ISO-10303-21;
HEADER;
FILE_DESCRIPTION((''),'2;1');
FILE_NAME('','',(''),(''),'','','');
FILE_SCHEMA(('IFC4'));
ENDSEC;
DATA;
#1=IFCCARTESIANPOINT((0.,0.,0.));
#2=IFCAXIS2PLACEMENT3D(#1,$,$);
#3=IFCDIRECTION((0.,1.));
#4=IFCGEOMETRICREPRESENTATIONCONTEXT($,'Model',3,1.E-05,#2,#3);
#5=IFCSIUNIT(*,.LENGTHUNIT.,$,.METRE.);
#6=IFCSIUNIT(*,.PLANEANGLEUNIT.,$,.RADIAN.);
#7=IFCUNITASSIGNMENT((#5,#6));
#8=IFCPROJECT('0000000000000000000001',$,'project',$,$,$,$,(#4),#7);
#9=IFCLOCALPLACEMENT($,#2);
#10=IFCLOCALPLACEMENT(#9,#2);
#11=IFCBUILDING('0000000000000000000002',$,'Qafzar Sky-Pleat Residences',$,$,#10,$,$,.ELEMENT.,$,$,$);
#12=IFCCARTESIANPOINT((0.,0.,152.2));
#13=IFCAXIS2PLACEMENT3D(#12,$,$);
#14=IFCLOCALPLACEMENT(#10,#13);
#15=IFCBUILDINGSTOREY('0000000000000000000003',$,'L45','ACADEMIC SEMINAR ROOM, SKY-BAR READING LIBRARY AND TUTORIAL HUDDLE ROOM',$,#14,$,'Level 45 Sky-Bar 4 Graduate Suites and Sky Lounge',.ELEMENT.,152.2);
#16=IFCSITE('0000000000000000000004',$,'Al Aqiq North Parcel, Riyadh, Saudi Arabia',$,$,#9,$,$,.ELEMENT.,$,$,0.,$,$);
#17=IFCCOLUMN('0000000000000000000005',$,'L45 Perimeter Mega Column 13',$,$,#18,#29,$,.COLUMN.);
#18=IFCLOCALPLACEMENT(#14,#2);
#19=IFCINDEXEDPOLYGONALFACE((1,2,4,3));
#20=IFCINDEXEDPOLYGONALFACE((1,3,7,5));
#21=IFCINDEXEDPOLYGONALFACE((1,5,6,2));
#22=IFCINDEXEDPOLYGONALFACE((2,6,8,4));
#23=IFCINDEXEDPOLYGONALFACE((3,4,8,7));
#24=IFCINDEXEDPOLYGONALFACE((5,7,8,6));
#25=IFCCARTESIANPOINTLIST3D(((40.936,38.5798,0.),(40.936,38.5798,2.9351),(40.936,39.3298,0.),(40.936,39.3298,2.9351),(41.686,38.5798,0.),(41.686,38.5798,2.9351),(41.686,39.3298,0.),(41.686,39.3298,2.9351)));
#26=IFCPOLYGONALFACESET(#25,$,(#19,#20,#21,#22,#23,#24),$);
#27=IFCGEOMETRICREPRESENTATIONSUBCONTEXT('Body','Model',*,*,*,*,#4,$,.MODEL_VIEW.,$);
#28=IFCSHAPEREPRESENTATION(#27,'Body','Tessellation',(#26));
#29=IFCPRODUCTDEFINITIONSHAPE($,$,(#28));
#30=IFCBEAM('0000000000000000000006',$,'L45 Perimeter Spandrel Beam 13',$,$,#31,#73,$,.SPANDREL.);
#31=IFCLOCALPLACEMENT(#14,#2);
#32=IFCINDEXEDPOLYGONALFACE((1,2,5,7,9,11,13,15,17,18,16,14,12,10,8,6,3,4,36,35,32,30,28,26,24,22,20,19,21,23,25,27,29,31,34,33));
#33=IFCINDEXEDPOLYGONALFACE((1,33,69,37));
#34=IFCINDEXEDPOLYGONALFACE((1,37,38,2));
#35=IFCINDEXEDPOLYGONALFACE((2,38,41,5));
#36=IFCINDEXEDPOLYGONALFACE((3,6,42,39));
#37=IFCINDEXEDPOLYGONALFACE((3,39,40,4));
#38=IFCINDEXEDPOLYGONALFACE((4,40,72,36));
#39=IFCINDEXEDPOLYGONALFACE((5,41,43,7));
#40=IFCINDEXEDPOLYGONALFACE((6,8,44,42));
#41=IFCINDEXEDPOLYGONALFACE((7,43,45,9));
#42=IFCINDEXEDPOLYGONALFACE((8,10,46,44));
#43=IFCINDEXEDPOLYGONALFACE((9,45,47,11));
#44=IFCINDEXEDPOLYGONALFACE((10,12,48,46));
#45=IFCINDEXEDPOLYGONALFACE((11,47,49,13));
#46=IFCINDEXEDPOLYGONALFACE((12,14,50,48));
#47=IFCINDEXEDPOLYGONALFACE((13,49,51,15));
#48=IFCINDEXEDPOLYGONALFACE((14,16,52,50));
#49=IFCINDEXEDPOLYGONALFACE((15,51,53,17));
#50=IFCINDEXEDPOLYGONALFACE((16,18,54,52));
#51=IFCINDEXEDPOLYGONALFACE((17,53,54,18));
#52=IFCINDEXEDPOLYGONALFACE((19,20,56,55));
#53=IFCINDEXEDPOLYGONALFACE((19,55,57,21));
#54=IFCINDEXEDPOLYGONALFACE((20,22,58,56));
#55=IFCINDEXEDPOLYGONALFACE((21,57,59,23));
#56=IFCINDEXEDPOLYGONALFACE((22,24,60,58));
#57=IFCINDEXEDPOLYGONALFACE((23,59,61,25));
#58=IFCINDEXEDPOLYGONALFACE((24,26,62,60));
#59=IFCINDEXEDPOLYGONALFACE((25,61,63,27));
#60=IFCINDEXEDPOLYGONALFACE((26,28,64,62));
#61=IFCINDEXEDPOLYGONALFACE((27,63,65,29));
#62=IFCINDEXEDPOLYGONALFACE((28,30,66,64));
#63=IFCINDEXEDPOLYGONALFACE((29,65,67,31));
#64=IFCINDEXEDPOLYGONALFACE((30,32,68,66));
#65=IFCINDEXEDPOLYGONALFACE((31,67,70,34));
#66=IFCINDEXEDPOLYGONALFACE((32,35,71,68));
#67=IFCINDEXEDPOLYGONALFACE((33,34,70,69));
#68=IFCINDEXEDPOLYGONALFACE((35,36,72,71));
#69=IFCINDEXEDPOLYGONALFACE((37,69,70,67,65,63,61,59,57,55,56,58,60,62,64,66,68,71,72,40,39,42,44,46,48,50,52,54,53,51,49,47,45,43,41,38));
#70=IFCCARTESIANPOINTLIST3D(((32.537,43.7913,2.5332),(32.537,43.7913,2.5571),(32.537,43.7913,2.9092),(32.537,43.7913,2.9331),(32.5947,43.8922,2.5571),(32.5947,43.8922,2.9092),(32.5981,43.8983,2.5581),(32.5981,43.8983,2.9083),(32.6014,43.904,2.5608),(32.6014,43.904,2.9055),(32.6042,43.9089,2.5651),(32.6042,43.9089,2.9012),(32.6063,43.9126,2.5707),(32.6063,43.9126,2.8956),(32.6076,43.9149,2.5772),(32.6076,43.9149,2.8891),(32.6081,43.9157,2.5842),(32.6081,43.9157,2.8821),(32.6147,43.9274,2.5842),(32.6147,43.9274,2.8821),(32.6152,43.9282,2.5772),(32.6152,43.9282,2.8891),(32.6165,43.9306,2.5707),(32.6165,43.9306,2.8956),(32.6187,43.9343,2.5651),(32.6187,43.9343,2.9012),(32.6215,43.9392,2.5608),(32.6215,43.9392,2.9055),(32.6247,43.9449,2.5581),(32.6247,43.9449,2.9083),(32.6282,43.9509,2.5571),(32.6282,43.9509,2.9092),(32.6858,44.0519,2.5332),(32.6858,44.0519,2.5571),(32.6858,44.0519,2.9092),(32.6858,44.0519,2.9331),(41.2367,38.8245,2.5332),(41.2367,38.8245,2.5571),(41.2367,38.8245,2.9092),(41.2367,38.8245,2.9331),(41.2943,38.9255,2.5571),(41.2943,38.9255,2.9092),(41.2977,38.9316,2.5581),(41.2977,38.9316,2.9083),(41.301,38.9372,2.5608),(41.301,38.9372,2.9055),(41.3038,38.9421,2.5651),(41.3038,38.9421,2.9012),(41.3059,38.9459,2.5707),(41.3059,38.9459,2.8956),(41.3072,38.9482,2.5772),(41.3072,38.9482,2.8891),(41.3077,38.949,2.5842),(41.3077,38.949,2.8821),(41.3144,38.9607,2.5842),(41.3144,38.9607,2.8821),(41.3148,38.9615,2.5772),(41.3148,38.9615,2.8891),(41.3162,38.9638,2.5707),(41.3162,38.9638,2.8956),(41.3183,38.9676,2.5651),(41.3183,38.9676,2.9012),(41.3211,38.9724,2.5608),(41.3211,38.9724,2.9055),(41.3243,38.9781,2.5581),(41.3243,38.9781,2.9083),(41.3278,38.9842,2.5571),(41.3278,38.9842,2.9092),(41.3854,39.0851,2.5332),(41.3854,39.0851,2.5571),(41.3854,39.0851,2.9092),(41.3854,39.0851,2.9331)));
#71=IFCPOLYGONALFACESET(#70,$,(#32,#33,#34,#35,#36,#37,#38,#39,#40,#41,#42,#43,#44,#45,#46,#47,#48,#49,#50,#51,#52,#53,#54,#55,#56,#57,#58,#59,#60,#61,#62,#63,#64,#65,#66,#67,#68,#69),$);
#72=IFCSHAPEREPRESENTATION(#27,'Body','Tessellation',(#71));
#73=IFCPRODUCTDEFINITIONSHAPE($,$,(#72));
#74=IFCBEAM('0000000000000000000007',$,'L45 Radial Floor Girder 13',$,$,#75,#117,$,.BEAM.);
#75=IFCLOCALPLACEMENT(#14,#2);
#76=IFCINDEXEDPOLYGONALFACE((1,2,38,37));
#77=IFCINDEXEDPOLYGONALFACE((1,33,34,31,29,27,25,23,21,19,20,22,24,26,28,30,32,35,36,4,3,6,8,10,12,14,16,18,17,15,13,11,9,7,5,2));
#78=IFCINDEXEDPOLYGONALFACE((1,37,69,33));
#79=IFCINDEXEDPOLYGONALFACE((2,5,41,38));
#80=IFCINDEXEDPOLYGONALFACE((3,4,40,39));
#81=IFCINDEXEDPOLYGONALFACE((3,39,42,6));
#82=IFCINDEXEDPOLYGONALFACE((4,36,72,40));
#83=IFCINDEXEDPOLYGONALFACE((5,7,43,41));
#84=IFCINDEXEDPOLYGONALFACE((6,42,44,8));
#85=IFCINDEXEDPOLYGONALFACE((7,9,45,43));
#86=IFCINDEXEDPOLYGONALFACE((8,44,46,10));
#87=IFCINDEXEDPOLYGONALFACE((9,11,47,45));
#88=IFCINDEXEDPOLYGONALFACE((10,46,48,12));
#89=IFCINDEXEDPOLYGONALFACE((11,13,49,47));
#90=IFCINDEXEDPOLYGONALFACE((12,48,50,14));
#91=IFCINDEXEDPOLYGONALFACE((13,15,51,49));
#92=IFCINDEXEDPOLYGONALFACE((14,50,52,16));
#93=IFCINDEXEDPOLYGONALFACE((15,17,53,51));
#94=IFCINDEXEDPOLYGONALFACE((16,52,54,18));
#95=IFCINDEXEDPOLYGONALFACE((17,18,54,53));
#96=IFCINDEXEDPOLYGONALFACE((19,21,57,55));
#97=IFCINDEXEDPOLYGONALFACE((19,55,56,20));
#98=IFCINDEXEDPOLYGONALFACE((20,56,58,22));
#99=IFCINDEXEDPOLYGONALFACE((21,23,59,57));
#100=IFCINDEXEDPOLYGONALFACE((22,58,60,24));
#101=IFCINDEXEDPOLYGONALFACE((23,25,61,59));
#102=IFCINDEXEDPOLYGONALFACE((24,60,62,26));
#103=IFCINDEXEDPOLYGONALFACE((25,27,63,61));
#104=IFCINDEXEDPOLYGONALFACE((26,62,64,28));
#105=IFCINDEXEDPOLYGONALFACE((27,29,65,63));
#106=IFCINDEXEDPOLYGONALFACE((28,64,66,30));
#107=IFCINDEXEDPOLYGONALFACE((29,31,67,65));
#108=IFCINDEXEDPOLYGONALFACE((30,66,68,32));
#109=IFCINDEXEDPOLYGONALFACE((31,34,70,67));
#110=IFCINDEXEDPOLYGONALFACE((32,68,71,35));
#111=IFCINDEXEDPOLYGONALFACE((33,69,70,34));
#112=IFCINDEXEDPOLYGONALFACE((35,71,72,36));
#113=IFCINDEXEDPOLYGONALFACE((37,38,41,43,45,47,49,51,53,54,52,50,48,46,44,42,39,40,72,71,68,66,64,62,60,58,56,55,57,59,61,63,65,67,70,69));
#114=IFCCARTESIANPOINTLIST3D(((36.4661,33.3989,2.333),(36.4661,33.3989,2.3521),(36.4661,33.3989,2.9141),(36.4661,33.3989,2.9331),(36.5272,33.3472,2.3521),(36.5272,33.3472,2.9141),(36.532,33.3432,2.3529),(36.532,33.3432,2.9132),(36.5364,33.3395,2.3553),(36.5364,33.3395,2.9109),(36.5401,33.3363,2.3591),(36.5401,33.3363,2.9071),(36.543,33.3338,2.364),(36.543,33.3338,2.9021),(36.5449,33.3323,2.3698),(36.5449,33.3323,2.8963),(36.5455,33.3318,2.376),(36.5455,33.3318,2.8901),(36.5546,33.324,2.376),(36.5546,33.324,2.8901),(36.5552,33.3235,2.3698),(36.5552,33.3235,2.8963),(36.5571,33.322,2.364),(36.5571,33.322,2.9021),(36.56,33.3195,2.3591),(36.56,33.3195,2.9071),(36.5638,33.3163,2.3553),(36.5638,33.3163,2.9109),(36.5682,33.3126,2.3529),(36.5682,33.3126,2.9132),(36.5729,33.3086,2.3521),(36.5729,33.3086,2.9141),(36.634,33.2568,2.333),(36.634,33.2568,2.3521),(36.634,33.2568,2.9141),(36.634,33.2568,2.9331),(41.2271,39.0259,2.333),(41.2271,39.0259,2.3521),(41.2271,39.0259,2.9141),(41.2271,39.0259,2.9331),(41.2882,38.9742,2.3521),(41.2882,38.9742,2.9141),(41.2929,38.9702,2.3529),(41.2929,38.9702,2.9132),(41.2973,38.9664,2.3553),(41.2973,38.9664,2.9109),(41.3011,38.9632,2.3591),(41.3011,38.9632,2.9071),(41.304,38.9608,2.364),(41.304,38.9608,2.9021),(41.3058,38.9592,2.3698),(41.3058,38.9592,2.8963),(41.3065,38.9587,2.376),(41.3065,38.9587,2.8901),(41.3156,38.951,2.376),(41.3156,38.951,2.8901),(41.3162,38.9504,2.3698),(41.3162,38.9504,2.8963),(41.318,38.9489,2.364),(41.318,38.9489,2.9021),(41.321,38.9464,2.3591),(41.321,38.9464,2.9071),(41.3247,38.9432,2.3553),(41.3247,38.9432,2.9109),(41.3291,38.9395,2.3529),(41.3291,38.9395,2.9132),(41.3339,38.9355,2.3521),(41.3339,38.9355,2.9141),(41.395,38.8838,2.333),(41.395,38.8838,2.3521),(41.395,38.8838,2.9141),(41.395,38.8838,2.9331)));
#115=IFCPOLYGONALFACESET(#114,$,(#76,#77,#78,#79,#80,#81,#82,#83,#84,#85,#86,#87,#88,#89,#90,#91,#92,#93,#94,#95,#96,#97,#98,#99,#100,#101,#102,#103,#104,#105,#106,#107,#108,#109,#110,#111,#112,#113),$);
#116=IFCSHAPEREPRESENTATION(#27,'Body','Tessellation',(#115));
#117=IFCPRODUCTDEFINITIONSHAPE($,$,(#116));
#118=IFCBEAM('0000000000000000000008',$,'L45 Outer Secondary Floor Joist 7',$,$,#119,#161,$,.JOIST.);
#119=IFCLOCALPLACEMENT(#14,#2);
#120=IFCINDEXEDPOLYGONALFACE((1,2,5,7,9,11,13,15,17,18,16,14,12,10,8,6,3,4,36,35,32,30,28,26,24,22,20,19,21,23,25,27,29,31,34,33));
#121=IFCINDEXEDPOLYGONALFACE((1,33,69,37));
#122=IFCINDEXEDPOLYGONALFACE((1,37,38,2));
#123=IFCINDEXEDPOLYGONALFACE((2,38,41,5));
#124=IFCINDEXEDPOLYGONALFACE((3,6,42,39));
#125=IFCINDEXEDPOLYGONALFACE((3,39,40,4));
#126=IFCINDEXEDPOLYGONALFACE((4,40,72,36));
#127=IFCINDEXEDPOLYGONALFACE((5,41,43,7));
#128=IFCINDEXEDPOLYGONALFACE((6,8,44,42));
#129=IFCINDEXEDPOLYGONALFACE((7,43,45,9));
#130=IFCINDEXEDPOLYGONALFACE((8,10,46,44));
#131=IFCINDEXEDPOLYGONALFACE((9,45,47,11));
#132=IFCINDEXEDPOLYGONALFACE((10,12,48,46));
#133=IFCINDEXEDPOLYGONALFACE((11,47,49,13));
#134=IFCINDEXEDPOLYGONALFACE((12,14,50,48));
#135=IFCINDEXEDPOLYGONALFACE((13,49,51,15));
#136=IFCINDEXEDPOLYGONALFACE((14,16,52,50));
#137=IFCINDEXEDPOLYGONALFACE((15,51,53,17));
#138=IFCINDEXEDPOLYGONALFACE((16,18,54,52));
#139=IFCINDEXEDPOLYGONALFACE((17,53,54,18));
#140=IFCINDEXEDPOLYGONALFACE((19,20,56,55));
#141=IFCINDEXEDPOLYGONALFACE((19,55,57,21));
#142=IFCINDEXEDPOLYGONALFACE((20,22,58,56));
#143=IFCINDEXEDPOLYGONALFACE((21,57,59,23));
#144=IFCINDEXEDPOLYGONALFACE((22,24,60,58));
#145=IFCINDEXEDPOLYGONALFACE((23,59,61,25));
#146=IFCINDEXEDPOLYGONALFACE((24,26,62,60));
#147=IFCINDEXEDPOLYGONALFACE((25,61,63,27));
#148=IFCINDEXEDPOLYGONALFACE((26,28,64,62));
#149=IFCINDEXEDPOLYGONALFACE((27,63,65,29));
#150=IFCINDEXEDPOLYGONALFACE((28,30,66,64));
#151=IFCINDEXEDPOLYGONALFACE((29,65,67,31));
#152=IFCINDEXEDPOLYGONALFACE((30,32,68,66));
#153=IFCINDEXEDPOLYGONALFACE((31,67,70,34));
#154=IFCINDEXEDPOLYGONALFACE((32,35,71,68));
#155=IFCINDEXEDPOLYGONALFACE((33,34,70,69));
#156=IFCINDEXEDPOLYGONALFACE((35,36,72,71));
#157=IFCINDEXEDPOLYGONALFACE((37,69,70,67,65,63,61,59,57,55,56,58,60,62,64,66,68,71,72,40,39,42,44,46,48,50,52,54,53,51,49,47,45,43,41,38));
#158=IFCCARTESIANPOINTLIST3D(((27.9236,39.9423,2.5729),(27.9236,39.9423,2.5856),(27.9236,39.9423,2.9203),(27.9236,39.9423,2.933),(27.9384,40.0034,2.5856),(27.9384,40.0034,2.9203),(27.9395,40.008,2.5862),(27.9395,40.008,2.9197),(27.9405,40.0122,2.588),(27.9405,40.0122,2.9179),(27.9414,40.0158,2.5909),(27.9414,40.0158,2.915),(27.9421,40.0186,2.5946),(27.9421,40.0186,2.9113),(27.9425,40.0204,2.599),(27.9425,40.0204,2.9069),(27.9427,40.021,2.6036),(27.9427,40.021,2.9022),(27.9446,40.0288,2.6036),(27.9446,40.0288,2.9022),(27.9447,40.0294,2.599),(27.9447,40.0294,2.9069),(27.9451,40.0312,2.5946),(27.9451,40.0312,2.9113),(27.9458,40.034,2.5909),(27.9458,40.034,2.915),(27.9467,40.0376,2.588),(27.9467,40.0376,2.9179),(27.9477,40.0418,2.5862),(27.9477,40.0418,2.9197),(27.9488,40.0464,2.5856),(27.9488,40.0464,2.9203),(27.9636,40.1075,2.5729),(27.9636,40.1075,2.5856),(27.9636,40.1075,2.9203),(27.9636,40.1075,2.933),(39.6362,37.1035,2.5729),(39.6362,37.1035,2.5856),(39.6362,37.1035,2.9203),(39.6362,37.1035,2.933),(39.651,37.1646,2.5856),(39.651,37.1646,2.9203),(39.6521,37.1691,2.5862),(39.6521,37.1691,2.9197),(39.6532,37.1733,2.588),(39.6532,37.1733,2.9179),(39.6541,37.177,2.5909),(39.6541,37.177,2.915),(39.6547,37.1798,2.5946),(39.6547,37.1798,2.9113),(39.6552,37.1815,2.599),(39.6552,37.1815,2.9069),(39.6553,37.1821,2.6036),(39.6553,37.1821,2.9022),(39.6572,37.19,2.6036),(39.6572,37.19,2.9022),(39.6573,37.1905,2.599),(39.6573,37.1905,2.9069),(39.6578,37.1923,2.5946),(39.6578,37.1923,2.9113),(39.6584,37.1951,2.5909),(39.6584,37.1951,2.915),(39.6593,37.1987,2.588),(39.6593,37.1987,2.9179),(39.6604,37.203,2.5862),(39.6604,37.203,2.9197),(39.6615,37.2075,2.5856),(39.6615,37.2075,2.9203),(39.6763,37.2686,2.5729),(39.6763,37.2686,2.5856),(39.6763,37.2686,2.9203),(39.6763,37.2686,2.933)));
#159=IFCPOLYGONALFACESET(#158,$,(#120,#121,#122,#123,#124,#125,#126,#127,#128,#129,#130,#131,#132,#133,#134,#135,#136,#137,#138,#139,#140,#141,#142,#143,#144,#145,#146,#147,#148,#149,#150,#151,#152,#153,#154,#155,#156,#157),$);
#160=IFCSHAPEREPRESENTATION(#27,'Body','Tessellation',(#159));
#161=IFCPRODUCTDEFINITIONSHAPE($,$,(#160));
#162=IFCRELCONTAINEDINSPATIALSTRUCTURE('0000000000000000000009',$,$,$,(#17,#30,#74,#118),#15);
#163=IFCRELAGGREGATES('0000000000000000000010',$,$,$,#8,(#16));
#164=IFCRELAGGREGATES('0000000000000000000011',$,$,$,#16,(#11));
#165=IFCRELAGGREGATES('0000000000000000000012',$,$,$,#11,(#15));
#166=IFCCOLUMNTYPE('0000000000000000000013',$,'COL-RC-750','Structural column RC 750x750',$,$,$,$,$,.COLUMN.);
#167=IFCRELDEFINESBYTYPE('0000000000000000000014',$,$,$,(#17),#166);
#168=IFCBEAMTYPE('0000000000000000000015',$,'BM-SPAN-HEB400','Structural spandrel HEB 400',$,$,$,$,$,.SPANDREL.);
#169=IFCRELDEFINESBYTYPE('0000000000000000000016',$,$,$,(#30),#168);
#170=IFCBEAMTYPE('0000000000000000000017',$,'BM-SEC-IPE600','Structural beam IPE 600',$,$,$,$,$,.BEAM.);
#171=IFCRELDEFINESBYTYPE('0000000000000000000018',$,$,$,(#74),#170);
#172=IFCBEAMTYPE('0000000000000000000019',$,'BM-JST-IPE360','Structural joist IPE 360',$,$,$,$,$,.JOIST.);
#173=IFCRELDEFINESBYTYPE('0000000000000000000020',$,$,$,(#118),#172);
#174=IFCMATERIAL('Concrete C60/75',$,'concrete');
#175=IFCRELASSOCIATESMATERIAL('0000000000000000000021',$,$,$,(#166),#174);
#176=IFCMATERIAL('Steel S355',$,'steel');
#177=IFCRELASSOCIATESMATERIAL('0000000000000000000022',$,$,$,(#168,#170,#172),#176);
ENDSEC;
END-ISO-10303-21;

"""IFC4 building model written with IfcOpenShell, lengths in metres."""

from ifc_helpers import new_model, si_unit, direction, frame, origin, origin_2d, place, context, subcontext, project, spatial, rectangle, i_section, extrude, source, transform, mapped, material, material_profile, profile_set, type_object, element, save


model = new_model("IFC4")

# Units and contexts
model_context = context("Model", 3, precision=1e-05, world=origin(), true_north=direction((0.0, 1.0)))
body_context = subcontext(model_context, "Body", "Model", "MODEL_VIEW")
ifc_project = project(units=[si_unit("LENGTHUNIT", "METRE"), si_unit("PLANEANGLEUNIT", "RADIAN")], contexts=[model_context])

# Site, building, storey
site_placement = place(None, origin())
site = spatial("IfcSite", under=ifc_project, at=site_placement, Name="Al Aqiq North Parcel, Riyadh, Saudi Arabia", CompositionType="ELEMENT", RefElevation=0.0)
building_placement = place(site_placement, origin())
building = spatial("IfcBuilding", under=site, at=building_placement, Name="Qafzar Sky-Pleat Residences", CompositionType="ELEMENT")
storey_placement = place(building_placement, frame((0.0, 0.0, 152.2)))
storey = spatial("IfcBuildingStorey", under=building, at=storey_placement, Name="L45", Description="ACADEMIC SEMINAR ROOM, SKY-BAR READING LIBRARY AND TUTORIAL HUDDLE ROOM", LongName="Level 45 Sky-Bar 4 Graduate Suites and Sky Lounge", CompositionType="ELEMENT", Elevation=152.2)

# Column
ifc_material_1 = material(Name="Concrete C60/75", Category="concrete")
ifc_material_profile_1 = material_profile(ifc_material_1, rectangle(XDim=0.75, YDim=0.75, at=origin_2d()), Name="RC 750x750")
ifc_profile_set_1 = profile_set([ifc_material_profile_1], Name="Concrete C60/75")
column_type = type_object("IfcColumnType", Name="COL-RC-750", Description="Structural column RC 750x750", PredefinedType="COLUMN", material=ifc_profile_set_1)
shared_shape_1 = source(origin(), body_context, "Body", "SweptSolid", [
    extrude(rectangle(XDim=0.75, YDim=0.75, at=origin_2d()), origin(), (0.0, 0.0, 1.0), 2.9351),
])
column_placement = place(storey_placement, frame((41.311, 38.9548, 0.0), z_axis=(0.0, 0.0, 1.0), x_axis=(1.0, 0.0, 0.0)))
element("IfcColumn", 1, at=column_placement, inside=storey, type_object=column_type, Name="L45 Perimeter Mega Column 13", PredefinedType="COLUMN", context=body_context, shape_type="MappedRepresentation", body=[
    mapped(shared_shape_1, transform((0.0, 0.0, 0.0), x_axis=(1.0, 0.0, 0.0), y_axis=(0.0, 1.0, 0.0), z_axis=(0.0, 0.0, 1.0), scale=1.0)),
])

# Beams
ifc_material_2 = material(Name="Steel S355", Category="steel")
ifc_material_profile_2 = material_profile(ifc_material_2, i_section(OverallWidth=0.3, OverallDepth=0.3999, WebThickness=0.0134, FlangeThickness=0.0239, FilletRadius=0.0271, at=origin_2d()), Name="HEB 400")
ifc_profile_set_2 = profile_set([ifc_material_profile_2], Name="Steel S355")
beam_type_1 = type_object("IfcBeamType", Name="BM-SPAN-HEB400", Description="Structural spandrel HEB 400", PredefinedType="SPANDREL", material=ifc_profile_set_2)
shared_shape_2 = source(origin(), body_context, "Body", "SweptSolid", [
    extrude(i_section(OverallWidth=0.3, OverallDepth=0.3999, WebThickness=0.0134, FlangeThickness=0.0239, FilletRadius=0.0271, at=origin_2d()), origin(), (0.0, 0.0, 1.0), 10.0176),
])
beam_1_placement = place(storey_placement, frame((41.311, 38.9548, 2.7332), z_axis=(-0.868435, 0.495803, 0.0), x_axis=(-0.495803, -0.868435, 0.0)))
element("IfcBeam", 2, at=beam_1_placement, inside=storey, type_object=beam_type_1, Name="L45 Perimeter Spandrel Beam 13", PredefinedType="SPANDREL", context=body_context, shape_type="MappedRepresentation", body=[
    mapped(shared_shape_2, transform((0.0, 0.0, 0.0), x_axis=(1.0, 0.0, 0.0), y_axis=(0.0, 1.0, 0.0), z_axis=(0.0, 0.0, 1.0), scale=1.0)),
])
ifc_material_profile_3 = material_profile(ifc_material_2, i_section(OverallWidth=0.22, OverallDepth=0.6001, WebThickness=0.012, FlangeThickness=0.019, FilletRadius=0.0239, at=origin_2d()), Name="IPE 600")
ifc_profile_set_3 = profile_set([ifc_material_profile_3], Name="Steel S355")
beam_type_2 = type_object("IfcBeamType", Name="BM-SEC-IPE600", Description="Structural beam IPE 600", PredefinedType="BEAM", material=ifc_profile_set_3)
shared_shape_3 = source(origin(), body_context, "Body", "SweptSolid", [
    extrude(i_section(OverallWidth=0.22, OverallDepth=0.6001, WebThickness=0.012, FlangeThickness=0.019, FilletRadius=0.0239, at=origin_2d()), origin(), (0.0, 0.0, 1.0), 7.3708),
])
beam_2_placement = place(storey_placement, frame((41.311, 38.9548, 2.6331), z_axis=(-0.64592, -0.763405, 0.0), x_axis=(0.763405, -0.64592, 0.0)))
element("IfcBeam", 3, at=beam_2_placement, inside=storey, type_object=beam_type_2, Name="L45 Radial Floor Girder 13", PredefinedType="BEAM", context=body_context, shape_type="MappedRepresentation", body=[
    mapped(shared_shape_3, transform((0.0, 0.0, 0.0), x_axis=(1.0, 0.0, 0.0), y_axis=(0.0, 1.0, 0.0), z_axis=(0.0, 0.0, 1.0), scale=1.0)),
])
ifc_material_profile_4 = material_profile(ifc_material_2, i_section(OverallWidth=0.1699, OverallDepth=0.3601, WebThickness=0.0081, FlangeThickness=0.0127, FilletRadius=0.0181, at=origin_2d()), Name="IPE 360")
ifc_profile_set_4 = profile_set([ifc_material_profile_4], Name="Steel S355")
beam_type_3 = type_object("IfcBeamType", Name="BM-JST-IPE360", Description="Structural joist IPE 360", PredefinedType="JOIST", material=ifc_profile_set_4)
shared_shape_4 = source(origin(), body_context, "Body", "SweptSolid", [
    extrude(i_section(OverallWidth=0.1699, OverallDepth=0.3601, WebThickness=0.0081, FlangeThickness=0.0127, FilletRadius=0.0181, at=origin_2d()), origin(), (0.0, 0.0, 1.0), 12.0518),
])
beam_3_placement = place(storey_placement, frame((39.6562, 37.186, 2.7529), z_axis=(-0.971861, 0.235556, 0.0), x_axis=(-0.235556, -0.971861, 0.0)))
element("IfcBeam", 4, at=beam_3_placement, inside=storey, type_object=beam_type_3, Name="L45 Outer Secondary Floor Joist 7", PredefinedType="JOIST", context=body_context, shape_type="MappedRepresentation", body=[
    mapped(shared_shape_4, transform((0.0, 0.0, 0.0), x_axis=(1.0, 0.0, 0.0), y_axis=(0.0, 1.0, 0.0), z_axis=(0.0, 0.0, 1.0), scale=1.0)),
])

save(model, "model.ifc")
